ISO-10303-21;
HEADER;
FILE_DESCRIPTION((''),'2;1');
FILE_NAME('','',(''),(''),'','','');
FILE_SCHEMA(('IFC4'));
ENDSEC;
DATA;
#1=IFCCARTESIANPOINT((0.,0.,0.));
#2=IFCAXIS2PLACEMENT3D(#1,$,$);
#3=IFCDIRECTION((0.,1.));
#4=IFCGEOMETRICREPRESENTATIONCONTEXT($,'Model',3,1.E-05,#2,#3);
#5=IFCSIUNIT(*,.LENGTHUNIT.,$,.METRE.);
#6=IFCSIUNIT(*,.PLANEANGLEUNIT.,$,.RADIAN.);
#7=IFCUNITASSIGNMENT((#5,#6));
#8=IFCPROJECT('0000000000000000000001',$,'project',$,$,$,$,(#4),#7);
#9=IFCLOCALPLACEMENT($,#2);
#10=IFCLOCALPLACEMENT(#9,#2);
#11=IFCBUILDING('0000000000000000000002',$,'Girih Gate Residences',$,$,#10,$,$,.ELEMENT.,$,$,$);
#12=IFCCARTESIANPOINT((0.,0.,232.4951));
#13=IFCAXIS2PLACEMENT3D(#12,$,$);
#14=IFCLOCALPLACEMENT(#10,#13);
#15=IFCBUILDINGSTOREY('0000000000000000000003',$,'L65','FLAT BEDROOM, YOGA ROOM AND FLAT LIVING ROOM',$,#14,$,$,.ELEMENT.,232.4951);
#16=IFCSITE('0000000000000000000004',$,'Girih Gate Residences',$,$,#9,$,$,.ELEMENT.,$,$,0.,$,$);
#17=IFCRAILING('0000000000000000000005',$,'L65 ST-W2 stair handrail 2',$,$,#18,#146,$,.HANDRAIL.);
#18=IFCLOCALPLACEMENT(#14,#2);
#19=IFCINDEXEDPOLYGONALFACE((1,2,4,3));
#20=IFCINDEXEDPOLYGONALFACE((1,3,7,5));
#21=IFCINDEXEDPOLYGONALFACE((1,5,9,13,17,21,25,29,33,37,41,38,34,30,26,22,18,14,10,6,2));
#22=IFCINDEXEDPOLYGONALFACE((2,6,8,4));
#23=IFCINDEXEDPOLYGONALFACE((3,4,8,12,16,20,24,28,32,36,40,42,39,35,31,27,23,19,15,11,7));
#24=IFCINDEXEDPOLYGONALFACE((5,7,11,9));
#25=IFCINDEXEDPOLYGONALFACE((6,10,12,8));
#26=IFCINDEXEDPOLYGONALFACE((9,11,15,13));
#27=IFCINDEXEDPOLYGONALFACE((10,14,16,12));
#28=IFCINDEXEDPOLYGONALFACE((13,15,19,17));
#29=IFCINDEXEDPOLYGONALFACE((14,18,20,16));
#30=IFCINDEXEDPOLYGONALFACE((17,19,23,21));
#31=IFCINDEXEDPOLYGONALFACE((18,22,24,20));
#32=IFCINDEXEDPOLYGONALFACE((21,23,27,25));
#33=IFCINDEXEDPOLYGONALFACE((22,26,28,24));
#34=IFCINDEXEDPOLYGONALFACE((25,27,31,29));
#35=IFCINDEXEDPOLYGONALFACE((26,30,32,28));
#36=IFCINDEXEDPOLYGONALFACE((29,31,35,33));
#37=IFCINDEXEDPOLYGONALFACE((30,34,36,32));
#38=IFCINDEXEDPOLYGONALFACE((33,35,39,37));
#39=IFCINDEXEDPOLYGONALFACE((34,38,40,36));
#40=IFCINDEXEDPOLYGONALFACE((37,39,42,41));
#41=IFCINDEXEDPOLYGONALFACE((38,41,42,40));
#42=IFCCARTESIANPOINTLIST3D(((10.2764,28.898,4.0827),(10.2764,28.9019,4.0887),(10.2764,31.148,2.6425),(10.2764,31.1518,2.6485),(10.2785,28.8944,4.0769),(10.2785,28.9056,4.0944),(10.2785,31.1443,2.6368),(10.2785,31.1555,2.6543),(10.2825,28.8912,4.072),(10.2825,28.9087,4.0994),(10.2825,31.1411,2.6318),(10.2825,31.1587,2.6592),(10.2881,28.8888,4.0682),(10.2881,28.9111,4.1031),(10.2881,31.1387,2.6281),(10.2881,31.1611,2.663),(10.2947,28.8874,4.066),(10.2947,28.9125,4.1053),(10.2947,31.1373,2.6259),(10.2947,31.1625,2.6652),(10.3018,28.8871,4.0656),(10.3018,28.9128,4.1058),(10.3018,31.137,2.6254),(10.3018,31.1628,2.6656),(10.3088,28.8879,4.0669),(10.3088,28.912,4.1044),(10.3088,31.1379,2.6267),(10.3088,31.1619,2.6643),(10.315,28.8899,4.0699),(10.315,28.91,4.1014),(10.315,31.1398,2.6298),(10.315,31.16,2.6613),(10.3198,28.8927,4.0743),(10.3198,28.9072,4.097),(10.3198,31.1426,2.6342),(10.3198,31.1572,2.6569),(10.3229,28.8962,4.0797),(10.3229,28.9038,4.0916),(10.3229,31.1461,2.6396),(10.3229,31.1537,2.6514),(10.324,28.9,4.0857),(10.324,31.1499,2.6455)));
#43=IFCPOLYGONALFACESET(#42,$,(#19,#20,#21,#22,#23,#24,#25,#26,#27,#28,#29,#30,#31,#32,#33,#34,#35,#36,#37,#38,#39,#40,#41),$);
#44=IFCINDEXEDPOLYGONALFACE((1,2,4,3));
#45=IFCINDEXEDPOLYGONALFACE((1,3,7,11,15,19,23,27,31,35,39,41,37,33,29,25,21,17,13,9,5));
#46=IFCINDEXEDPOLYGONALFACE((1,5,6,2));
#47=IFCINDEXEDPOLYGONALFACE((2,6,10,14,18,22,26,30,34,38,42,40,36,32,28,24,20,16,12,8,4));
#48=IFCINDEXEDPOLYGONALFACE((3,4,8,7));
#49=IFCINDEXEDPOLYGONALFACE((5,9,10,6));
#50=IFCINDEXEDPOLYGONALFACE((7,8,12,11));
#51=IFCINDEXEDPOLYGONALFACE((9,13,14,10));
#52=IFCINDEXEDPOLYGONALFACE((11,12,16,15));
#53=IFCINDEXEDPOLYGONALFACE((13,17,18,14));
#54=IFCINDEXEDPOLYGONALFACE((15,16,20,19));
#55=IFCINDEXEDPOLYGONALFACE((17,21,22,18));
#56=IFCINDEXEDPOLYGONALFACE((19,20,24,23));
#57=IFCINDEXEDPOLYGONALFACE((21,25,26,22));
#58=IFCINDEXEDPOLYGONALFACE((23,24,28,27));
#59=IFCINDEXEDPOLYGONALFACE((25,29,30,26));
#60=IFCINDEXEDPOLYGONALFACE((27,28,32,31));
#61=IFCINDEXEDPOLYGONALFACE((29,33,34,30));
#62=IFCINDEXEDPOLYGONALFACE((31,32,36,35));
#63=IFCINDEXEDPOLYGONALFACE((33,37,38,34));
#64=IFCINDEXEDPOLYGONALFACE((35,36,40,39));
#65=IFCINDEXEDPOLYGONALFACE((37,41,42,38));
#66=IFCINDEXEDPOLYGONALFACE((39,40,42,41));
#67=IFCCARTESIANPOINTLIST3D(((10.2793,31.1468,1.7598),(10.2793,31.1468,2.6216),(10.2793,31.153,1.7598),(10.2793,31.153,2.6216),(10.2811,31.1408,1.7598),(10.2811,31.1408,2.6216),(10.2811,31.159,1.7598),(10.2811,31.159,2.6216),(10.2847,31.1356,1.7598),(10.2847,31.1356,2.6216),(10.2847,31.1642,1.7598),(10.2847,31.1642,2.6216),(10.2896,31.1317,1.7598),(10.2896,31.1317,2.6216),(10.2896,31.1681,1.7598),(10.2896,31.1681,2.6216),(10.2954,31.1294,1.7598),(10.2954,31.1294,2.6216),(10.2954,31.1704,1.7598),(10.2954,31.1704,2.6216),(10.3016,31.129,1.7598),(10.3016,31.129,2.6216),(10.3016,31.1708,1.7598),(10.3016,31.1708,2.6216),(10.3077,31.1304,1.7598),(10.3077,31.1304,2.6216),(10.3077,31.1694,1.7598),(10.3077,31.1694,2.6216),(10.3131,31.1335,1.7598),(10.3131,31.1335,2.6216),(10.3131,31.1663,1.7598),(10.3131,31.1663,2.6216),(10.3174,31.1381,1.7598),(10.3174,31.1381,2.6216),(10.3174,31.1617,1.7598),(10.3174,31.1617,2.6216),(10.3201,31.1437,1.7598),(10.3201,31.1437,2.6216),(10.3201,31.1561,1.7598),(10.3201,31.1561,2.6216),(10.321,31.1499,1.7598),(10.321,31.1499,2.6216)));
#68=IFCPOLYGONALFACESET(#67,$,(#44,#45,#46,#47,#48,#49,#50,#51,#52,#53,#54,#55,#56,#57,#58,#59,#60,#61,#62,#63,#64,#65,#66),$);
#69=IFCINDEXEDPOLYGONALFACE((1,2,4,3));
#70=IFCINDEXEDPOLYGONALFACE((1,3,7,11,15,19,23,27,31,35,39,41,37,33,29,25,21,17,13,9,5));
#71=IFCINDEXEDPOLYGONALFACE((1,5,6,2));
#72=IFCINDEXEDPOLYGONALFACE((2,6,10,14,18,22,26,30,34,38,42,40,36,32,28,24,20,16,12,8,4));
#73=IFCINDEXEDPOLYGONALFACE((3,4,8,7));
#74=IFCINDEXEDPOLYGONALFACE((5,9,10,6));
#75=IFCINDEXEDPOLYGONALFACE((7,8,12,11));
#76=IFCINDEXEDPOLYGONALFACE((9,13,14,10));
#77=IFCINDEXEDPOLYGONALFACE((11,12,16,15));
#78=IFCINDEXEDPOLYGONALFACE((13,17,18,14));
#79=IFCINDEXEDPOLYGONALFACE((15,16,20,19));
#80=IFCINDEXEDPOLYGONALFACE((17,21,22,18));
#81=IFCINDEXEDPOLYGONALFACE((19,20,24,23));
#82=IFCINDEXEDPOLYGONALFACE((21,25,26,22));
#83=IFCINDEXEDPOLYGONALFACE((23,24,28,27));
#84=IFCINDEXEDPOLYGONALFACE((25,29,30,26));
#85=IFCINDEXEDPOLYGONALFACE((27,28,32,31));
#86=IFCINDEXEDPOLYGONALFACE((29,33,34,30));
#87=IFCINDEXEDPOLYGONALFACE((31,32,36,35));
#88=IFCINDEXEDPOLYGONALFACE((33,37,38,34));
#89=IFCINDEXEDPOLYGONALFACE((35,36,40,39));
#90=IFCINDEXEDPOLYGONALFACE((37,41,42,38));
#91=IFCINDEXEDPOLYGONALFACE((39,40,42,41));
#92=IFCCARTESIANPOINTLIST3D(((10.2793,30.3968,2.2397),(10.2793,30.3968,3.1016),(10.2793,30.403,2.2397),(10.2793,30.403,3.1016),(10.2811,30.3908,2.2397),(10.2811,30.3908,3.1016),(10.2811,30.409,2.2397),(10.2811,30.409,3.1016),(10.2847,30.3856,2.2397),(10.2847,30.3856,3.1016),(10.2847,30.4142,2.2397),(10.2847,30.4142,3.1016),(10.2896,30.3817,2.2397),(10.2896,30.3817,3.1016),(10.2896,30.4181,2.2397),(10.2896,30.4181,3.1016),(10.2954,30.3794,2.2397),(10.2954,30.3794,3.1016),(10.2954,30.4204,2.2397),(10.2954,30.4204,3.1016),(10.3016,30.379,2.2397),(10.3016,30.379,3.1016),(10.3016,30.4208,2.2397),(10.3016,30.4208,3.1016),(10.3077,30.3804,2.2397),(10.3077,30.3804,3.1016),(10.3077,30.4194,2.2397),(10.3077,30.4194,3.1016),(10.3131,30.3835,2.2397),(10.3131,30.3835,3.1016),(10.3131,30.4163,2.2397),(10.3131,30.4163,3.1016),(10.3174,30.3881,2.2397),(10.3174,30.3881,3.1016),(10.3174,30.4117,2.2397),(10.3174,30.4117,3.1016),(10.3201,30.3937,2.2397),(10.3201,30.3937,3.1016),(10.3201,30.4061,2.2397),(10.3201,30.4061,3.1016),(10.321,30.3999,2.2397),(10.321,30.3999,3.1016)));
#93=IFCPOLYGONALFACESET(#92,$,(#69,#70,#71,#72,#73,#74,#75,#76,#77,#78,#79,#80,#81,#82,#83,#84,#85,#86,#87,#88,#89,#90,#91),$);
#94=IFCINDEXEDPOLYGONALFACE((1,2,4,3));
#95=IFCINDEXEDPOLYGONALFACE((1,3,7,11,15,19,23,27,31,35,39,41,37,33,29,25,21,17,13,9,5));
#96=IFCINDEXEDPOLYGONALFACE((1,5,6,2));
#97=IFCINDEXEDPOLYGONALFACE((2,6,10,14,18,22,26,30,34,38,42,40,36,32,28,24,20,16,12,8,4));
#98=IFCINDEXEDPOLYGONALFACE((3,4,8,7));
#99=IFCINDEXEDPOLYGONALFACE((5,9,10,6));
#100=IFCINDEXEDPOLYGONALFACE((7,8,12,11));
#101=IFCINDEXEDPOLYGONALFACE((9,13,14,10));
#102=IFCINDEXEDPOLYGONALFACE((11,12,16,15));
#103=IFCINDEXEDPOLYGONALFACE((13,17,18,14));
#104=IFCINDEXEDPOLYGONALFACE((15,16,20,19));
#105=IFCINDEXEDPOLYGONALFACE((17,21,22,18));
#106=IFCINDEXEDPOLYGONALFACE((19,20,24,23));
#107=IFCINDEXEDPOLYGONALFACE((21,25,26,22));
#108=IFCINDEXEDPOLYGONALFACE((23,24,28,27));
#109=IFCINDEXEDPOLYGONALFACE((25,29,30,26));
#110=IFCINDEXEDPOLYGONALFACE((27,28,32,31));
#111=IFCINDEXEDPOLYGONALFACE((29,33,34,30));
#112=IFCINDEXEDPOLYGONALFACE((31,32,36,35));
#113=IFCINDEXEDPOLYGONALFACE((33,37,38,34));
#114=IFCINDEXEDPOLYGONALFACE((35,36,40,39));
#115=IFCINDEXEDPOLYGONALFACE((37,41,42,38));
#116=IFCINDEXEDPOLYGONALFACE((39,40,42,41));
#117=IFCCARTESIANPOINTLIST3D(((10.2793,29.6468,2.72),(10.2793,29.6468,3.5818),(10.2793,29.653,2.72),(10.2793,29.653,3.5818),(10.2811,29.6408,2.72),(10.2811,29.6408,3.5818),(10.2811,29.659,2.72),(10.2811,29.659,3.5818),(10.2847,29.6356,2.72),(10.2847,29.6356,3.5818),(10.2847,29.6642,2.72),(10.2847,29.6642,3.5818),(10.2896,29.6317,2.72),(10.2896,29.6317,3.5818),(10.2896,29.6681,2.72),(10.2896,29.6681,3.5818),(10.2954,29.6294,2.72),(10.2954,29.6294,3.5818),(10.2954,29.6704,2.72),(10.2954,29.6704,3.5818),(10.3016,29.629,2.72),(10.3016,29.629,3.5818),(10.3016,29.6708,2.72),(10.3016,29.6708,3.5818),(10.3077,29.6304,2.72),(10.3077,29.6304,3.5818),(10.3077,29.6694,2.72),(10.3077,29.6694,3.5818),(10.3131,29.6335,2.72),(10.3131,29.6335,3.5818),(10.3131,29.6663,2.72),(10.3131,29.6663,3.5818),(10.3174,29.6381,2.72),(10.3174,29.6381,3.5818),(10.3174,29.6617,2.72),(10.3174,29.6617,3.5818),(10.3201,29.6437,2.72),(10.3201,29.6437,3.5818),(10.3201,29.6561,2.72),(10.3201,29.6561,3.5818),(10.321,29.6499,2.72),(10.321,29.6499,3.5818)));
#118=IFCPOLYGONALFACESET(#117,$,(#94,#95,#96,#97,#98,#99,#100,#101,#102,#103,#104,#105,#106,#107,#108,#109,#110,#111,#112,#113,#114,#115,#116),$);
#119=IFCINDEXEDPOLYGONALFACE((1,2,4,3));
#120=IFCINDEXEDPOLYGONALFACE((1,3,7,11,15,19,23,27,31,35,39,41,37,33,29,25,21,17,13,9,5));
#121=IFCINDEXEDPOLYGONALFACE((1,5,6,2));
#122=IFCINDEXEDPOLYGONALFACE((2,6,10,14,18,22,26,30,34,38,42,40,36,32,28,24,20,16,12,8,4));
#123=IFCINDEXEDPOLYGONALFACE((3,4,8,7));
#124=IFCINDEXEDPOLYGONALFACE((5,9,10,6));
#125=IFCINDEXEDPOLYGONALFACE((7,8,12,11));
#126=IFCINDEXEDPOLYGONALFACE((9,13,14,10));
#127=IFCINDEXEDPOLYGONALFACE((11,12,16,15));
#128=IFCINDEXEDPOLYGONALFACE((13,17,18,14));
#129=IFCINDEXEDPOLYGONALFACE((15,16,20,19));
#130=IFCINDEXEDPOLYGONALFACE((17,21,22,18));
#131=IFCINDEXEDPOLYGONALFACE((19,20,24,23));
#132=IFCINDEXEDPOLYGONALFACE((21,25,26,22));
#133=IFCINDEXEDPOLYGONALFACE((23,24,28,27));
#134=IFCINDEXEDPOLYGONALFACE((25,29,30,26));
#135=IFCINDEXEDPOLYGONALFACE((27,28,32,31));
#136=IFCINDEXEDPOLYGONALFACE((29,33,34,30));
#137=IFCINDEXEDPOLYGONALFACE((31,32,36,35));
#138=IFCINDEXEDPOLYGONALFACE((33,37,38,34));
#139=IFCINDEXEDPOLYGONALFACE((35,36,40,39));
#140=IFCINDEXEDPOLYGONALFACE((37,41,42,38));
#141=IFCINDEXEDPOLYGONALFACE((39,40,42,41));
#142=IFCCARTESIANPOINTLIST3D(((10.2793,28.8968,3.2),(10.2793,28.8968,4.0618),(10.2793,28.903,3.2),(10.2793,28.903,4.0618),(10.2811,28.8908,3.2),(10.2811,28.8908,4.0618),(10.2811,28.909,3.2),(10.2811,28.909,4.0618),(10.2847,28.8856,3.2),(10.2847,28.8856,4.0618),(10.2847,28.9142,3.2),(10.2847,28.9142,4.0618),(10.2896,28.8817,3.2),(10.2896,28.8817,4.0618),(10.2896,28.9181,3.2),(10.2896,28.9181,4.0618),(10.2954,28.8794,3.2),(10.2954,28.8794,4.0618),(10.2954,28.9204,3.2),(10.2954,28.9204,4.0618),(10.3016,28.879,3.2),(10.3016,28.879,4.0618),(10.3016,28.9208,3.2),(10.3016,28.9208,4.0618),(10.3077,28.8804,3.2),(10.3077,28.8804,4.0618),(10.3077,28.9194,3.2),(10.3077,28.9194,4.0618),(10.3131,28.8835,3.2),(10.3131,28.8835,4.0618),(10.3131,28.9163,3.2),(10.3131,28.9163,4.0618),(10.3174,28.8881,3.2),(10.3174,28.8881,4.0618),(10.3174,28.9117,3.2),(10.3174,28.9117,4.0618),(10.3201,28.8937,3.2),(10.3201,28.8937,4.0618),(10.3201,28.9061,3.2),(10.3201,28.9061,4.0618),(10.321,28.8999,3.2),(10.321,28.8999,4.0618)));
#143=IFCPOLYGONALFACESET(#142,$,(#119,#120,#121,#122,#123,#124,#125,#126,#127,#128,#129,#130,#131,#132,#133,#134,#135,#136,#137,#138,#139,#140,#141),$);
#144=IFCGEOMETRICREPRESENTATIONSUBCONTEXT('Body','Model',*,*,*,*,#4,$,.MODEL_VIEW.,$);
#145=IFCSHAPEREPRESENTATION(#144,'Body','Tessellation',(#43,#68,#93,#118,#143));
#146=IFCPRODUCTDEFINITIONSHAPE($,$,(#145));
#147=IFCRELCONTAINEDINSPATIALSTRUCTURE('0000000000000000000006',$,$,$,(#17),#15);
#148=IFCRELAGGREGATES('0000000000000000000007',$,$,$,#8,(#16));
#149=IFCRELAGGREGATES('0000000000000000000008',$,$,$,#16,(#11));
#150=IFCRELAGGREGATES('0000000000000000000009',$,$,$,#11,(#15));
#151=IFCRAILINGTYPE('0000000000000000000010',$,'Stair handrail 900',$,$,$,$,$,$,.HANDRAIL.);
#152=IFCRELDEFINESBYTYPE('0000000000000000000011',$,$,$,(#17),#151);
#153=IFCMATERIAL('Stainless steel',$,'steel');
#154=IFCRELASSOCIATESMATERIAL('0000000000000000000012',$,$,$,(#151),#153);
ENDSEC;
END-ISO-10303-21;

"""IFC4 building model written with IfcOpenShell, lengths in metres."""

from ifc_helpers import new_model, si_unit, direction, frame, origin, origin_2d, place, context, subcontext, project, spatial, circle, extrude, material, type_object, element, save


model = new_model("IFC4")

# Units and contexts
model_context = context("Model", 3, precision=1e-05, world=origin(), true_north=direction((0.0, 1.0)))
body_context = subcontext(model_context, "Body", "Model", "MODEL_VIEW")
ifc_project = project(units=[si_unit("LENGTHUNIT", "METRE"), si_unit("PLANEANGLEUNIT", "RADIAN")], contexts=[model_context])

# Site, building, storey
site_placement = place(None, origin())
site = spatial("IfcSite", under=ifc_project, at=site_placement, Name="Girih Gate Residences", CompositionType="ELEMENT", RefElevation=0.0)
building_placement = place(site_placement, origin())
building = spatial("IfcBuilding", under=site, at=building_placement, Name="Girih Gate Residences", CompositionType="ELEMENT")
storey_placement = place(building_placement, frame((0.0, 0.0, 232.4951)))
storey = spatial("IfcBuildingStorey", under=building, at=storey_placement, Name="L65", Description="FLAT BEDROOM, YOGA ROOM AND FLAT LIVING ROOM", CompositionType="ELEMENT", Elevation=232.4951)

# Shared definitions
ifc_material_1 = material(Name="Stainless steel", Category="steel")

# Railing
railing_type_1 = type_object("IfcRailingType", Name="Stair handrail 900", PredefinedType="HANDRAIL", material=ifc_material_1)
railing_1_placement = place(storey_placement, frame((10.3, 31.1499, 1.7598)))
element("IfcRailing", 1, at=railing_1_placement, inside=storey, type_object=railing_type_1, Name="L65 ST-W2 stair handrail 2", PredefinedType="HANDRAIL", context=body_context, shape_type="SweptSolid", body=[
    extrude(circle(Radius=0.0239, at=origin_2d()), frame((0.0, 0.0, 0.8857), z_axis=(0.0, -0.84224, 0.539103), x_axis=(1.0, 0.0, 0.0)), (0.0, 0.0, 1.0), 2.6714),
    extrude(circle(Radius=0.021, at=origin_2d()), origin(), (0.0, 0.0, 1.0), 0.8618),
    extrude(circle(Radius=0.021, at=origin_2d()), frame((0.0, -0.75, 0.48)), (0.0, 0.0, 1.0), 0.8618),
    extrude(circle(Radius=0.021, at=origin_2d()), frame((0.0, -1.5, 0.9602)), (0.0, 0.0, 1.0), 0.8618),
    extrude(circle(Radius=0.021, at=origin_2d()), frame((0.0, -2.25, 1.4402)), (0.0, 0.0, 1.0), 0.8618),
])

save(model, "model.ifc")
